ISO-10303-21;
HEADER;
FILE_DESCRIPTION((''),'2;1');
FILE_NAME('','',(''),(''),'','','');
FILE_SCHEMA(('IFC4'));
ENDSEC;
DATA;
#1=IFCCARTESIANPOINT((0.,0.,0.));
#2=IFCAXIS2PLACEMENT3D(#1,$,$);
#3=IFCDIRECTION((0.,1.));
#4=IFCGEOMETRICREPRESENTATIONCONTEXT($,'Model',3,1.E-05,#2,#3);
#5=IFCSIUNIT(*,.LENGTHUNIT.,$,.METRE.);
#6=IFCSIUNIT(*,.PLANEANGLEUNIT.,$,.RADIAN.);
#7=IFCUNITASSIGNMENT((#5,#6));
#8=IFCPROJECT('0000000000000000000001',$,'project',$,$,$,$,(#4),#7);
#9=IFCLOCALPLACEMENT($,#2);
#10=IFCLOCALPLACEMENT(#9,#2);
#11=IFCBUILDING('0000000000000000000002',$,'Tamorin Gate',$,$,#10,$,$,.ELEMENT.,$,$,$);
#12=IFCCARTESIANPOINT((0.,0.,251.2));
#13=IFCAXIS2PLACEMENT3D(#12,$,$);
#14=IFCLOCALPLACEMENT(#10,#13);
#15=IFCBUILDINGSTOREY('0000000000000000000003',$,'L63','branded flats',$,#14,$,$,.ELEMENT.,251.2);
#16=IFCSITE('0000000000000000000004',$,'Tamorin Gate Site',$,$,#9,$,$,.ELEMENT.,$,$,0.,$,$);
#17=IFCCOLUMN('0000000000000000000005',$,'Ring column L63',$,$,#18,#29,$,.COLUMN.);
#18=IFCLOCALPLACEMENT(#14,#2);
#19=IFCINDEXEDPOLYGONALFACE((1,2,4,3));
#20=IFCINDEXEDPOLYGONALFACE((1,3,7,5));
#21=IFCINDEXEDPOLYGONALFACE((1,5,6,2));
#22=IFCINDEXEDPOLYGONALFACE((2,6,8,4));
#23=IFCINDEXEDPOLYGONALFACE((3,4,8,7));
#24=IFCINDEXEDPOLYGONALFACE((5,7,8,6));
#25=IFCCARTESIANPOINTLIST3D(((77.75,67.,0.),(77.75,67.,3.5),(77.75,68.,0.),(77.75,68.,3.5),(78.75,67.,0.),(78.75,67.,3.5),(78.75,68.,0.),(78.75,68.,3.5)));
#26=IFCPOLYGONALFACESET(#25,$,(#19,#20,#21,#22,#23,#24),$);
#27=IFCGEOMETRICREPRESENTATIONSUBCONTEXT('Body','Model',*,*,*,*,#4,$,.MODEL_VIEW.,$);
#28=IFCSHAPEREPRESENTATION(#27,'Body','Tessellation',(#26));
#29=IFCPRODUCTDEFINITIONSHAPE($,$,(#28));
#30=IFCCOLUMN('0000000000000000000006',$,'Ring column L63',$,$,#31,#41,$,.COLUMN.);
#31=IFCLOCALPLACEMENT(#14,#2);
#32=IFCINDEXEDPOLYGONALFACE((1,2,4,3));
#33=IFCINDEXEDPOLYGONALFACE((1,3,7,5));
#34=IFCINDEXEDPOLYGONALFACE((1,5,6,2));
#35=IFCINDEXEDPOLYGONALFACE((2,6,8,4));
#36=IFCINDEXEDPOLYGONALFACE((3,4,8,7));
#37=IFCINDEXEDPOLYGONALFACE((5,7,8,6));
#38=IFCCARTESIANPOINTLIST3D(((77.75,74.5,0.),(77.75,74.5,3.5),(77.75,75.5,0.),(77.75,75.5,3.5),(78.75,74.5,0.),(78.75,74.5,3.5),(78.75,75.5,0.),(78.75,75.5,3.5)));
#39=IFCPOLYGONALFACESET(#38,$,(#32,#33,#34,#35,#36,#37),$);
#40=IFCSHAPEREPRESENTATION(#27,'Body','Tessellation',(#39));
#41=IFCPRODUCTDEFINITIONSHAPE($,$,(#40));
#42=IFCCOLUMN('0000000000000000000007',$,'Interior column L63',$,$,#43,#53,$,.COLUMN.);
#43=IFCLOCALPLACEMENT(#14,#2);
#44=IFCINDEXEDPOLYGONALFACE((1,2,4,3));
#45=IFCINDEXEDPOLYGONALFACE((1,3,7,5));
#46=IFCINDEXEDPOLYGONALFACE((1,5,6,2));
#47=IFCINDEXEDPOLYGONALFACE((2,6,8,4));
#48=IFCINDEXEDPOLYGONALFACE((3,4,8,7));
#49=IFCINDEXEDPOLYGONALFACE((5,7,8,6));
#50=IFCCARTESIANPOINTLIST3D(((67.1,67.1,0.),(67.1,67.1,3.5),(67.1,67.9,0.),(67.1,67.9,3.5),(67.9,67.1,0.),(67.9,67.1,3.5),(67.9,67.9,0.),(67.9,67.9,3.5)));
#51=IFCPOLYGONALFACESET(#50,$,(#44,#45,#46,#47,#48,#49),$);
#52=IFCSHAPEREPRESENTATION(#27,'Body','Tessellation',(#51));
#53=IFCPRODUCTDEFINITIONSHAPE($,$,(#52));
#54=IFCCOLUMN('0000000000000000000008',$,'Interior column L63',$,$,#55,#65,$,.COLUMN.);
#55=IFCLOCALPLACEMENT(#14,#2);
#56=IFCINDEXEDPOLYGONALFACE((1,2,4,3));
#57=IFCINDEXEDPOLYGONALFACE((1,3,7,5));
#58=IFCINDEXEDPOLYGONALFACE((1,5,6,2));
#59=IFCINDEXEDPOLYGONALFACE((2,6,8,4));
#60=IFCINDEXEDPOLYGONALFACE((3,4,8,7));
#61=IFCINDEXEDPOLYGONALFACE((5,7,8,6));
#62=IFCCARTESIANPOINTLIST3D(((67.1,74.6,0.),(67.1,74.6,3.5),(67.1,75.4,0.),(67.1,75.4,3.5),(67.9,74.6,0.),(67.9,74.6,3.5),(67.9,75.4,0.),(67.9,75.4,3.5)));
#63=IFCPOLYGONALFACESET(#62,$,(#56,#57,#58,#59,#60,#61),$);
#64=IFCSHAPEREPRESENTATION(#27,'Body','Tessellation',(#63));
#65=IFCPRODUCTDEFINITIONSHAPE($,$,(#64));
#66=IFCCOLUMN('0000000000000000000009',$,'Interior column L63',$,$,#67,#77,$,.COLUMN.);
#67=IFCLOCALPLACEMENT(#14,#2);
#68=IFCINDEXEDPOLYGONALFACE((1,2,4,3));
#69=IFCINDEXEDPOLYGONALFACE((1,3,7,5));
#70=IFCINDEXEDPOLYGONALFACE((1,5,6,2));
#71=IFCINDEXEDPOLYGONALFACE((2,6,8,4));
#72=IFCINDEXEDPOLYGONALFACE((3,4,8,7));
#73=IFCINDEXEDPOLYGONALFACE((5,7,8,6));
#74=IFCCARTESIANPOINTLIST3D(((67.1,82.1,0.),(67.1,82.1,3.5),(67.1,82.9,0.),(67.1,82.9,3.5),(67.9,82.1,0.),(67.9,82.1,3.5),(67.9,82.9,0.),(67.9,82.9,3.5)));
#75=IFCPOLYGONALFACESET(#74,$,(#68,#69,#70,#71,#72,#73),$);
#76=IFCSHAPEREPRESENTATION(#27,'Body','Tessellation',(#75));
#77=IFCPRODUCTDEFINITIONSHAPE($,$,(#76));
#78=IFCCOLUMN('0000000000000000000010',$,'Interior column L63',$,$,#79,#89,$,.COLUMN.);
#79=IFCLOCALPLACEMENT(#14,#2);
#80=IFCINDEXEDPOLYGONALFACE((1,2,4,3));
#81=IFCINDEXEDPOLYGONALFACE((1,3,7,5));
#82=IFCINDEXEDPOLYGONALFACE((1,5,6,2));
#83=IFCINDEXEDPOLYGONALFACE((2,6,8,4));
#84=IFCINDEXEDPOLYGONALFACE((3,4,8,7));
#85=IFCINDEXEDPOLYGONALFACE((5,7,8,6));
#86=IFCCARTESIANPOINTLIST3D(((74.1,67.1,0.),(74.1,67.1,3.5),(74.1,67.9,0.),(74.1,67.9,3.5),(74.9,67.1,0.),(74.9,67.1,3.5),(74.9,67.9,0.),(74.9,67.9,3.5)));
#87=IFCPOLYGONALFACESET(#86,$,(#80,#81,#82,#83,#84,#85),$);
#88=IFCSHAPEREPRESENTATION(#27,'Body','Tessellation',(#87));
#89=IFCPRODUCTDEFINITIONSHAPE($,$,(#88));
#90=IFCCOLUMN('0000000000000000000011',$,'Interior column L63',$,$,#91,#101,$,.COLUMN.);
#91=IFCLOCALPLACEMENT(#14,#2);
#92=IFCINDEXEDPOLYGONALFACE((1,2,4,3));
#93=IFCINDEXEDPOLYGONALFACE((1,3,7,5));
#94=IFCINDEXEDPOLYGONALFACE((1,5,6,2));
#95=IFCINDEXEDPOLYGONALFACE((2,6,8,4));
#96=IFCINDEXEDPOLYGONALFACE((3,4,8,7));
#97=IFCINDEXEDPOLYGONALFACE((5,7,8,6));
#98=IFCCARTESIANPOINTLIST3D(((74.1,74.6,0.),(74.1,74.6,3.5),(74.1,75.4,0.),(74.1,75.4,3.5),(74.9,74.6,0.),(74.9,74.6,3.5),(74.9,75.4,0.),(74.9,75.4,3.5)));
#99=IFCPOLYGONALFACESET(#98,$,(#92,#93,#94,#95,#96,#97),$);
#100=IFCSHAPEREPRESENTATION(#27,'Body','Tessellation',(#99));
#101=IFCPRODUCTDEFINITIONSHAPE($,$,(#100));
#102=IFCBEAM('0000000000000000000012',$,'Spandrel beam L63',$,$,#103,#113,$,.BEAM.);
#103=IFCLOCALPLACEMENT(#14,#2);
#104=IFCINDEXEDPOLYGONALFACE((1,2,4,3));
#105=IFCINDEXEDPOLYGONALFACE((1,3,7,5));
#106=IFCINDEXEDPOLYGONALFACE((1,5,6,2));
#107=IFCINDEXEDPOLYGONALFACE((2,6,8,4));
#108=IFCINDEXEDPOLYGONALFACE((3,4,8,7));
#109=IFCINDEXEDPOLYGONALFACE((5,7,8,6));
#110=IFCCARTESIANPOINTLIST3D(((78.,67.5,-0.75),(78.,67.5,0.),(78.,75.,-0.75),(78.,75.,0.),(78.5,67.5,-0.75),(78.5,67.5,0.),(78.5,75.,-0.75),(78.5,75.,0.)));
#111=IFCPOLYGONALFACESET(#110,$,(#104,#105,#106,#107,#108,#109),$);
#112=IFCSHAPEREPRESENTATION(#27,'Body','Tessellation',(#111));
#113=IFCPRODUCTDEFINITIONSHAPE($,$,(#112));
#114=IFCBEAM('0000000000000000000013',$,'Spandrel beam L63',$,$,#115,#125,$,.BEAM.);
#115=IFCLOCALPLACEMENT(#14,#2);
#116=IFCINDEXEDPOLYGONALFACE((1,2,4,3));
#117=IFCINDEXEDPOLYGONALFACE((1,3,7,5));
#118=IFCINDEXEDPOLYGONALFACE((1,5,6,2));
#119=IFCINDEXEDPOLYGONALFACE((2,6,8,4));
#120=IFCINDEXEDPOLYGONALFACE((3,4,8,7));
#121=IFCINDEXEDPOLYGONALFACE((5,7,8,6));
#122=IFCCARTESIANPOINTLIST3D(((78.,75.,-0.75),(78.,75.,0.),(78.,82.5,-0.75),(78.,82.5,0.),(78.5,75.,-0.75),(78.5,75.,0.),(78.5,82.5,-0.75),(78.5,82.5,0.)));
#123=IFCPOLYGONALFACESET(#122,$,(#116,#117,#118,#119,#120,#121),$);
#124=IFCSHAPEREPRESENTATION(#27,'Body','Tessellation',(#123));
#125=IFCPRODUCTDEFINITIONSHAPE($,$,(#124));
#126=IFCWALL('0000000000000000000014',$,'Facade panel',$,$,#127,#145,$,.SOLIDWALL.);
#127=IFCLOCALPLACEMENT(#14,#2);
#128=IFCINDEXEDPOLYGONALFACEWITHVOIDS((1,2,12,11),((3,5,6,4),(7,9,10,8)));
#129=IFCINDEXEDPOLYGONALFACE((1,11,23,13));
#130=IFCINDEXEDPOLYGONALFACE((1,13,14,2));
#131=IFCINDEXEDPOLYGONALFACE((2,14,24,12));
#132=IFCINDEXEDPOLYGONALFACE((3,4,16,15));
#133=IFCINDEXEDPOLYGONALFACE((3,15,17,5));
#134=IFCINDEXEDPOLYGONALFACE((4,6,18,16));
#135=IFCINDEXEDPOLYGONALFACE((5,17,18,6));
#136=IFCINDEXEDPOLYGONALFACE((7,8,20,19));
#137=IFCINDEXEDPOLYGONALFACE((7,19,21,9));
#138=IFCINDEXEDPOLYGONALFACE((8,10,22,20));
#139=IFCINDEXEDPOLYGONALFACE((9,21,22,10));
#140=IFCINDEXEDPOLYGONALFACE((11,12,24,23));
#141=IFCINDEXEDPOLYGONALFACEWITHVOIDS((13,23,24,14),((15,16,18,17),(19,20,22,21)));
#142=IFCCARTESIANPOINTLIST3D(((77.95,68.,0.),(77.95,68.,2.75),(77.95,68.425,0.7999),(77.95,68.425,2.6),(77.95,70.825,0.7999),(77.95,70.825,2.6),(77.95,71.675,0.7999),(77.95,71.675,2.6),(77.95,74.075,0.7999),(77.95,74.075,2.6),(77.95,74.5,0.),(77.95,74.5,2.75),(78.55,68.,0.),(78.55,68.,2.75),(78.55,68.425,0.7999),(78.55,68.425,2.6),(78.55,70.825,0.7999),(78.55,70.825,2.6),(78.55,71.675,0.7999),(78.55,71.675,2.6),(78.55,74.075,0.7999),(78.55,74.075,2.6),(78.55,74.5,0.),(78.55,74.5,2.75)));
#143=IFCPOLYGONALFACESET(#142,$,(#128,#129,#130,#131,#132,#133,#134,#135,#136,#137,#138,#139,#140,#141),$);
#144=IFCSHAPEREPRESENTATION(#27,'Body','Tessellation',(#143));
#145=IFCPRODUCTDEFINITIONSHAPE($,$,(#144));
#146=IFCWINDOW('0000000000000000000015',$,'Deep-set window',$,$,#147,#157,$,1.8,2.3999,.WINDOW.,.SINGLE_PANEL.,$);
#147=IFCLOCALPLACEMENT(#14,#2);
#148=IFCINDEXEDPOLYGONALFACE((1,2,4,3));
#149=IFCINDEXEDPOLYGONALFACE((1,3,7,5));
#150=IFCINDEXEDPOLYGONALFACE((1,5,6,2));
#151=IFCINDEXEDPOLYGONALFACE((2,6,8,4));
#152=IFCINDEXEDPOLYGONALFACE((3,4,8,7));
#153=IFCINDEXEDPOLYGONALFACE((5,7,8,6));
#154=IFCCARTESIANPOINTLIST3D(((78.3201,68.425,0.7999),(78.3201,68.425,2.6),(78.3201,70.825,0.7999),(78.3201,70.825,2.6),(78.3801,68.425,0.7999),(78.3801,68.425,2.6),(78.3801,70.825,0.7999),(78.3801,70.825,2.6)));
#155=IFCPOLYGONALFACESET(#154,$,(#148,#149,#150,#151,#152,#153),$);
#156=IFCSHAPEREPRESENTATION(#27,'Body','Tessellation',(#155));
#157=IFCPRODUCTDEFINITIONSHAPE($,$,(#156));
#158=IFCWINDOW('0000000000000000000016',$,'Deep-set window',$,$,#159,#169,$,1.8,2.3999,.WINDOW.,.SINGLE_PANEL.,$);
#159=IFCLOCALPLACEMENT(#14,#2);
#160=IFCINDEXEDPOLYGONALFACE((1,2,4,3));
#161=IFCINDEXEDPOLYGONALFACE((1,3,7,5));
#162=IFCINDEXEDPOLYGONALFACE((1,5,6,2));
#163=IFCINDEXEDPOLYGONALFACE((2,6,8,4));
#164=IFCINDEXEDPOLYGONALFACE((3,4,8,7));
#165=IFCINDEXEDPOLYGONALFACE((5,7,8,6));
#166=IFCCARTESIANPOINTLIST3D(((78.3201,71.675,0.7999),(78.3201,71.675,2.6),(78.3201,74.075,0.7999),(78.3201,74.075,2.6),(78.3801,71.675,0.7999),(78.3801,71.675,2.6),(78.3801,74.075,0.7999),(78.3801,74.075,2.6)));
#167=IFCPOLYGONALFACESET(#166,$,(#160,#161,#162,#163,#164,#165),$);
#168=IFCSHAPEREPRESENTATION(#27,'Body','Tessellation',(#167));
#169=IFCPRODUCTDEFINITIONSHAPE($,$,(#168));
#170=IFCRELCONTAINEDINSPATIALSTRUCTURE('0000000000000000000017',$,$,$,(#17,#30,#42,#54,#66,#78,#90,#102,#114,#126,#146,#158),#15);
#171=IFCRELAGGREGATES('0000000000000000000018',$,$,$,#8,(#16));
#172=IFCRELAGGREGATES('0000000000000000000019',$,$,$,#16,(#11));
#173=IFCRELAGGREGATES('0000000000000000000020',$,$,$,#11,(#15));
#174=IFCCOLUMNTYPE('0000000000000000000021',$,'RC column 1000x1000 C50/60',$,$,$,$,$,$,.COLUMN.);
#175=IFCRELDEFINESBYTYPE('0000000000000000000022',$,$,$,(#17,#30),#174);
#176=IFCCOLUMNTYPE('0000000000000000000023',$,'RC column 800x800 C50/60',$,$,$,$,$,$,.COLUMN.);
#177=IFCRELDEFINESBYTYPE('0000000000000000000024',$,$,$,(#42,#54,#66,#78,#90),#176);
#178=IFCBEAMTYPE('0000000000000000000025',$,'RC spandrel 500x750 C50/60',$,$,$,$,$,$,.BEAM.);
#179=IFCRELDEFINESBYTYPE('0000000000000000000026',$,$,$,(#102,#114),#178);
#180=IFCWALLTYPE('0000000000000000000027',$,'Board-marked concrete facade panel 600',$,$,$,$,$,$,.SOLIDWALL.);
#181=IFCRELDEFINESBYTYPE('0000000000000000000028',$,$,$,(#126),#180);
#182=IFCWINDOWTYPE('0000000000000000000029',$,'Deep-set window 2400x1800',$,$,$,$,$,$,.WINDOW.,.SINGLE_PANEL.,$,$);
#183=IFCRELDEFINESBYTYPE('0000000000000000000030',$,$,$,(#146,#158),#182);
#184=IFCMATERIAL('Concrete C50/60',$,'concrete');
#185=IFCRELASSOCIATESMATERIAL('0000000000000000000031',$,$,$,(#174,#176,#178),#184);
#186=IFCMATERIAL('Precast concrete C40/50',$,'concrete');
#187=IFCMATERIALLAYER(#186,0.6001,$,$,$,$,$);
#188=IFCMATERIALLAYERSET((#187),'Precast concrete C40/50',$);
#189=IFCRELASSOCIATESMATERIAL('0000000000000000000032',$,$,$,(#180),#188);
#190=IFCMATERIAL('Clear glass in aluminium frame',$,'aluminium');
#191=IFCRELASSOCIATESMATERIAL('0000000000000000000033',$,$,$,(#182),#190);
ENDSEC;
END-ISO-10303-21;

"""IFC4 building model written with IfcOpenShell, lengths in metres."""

from ifc_helpers import new_model, si_unit, direction, frame, frame_2d, origin, origin_2d, place, context, subcontext, project, spatial, rectangle, extrude, material, layer, layer_set, material_profile, profile_set, type_object, element, fill, save


model = new_model("IFC4")

# Units and contexts
model_context = context("Model", 3, precision=1e-05, world=origin(), true_north=direction((0.0, 1.0)))
body_context = subcontext(model_context, "Body", "Model", "MODEL_VIEW")
ifc_project = project(units=[si_unit("LENGTHUNIT", "METRE"), si_unit("PLANEANGLEUNIT", "RADIAN")], contexts=[model_context])

# Site, building, storey
site_placement = place(None, origin())
site = spatial("IfcSite", under=ifc_project, at=site_placement, Name="Tamorin Gate Site", CompositionType="ELEMENT", RefElevation=0.0)
building_placement = place(site_placement, origin())
building = spatial("IfcBuilding", under=site, at=building_placement, Name="Tamorin Gate", CompositionType="ELEMENT")
storey_placement = place(building_placement, frame((0.0, 0.0, 251.2)))
storey = spatial("IfcBuildingStorey", under=building, at=storey_placement, Name="L63", Description="branded flats", CompositionType="ELEMENT", Elevation=251.2)

# Columns
ifc_material_1 = material(Name="Concrete C50/60", Category="concrete")
ifc_material_profile_1 = material_profile(ifc_material_1, rectangle(XDim=1.0, YDim=1.0, at=origin_2d()), Name="RC 1000x1000")
ifc_profile_set_1 = profile_set([ifc_material_profile_1], Name="Concrete C50/60")
column_type_1 = type_object("IfcColumnType", Name="RC column 1000x1000 C50/60", PredefinedType="COLUMN", material=ifc_profile_set_1)
for number, where, z_axis, x_axis, name in (
    (1, (78.25, 67.5, 0.0), (0.0, 0.0, 1.0), (1.0, 0.0, 0.0), "Ring column L63"),
    (2, (78.25, 75.0, 0.0), (0.0, 0.0, 1.0), (1.0, 0.0, 0.0), "Ring column L63"),
):
    element("IfcColumn", number, at=place(storey_placement, frame(where, z_axis=z_axis, x_axis=x_axis)), inside=storey, type_object=column_type_1, Name=name, PredefinedType="COLUMN", context=body_context, shape_type="SweptSolid", body=[
        extrude(rectangle(XDim=1.0, YDim=1.0, at=origin_2d()), origin(), (0.0, 0.0, 1.0), 3.5),
    ])
ifc_material_profile_2 = material_profile(ifc_material_1, rectangle(XDim=0.8, YDim=0.8, at=origin_2d()), Name="RC 800x800")
ifc_profile_set_2 = profile_set([ifc_material_profile_2], Name="Concrete C50/60")
column_type_2 = type_object("IfcColumnType", Name="RC column 800x800 C50/60", PredefinedType="COLUMN", material=ifc_profile_set_2)
for number, where, z_axis, x_axis, name in (
    (3, (67.5, 67.5, 0.0), (0.0, 0.0, 1.0), (1.0, 0.0, 0.0), "Interior column L63"),
    (4, (67.5, 75.0, 0.0), (0.0, 0.0, 1.0), (1.0, 0.0, 0.0), "Interior column L63"),
    (5, (67.5, 82.5, 0.0), (0.0, 0.0, 1.0), (1.0, 0.0, 0.0), "Interior column L63"),
    (6, (74.5, 67.5, 0.0), (0.0, 0.0, 1.0), (1.0, 0.0, 0.0), "Interior column L63"),
    (7, (74.5, 75.0, 0.0), (0.0, 0.0, 1.0), (1.0, 0.0, 0.0), "Interior column L63"),
):
    element("IfcColumn", number, at=place(storey_placement, frame(where, z_axis=z_axis, x_axis=x_axis)), inside=storey, type_object=column_type_2, Name=name, PredefinedType="COLUMN", context=body_context, shape_type="SweptSolid", body=[
        extrude(rectangle(XDim=0.8, YDim=0.8, at=origin_2d()), origin(), (0.0, 0.0, 1.0), 3.5),
    ])

# Beams
ifc_material_profile_3 = material_profile(ifc_material_1, rectangle(XDim=0.5, YDim=0.75, at=origin_2d()), Name="RC 500x750")
ifc_profile_set_3 = profile_set([ifc_material_profile_3], Name="Concrete C50/60")
beam_type = type_object("IfcBeamType", Name="RC spandrel 500x750 C50/60", PredefinedType="BEAM", material=ifc_profile_set_3)
for number, where, z_axis, x_axis, name in (
    (8, (78.25, 67.5, -0.375), (0.0, 1.0, 0.0), (-1.0, 0.0, 0.0), "Spandrel beam L63"),
    (9, (78.25, 75.0, -0.375), (0.0, 1.0, 0.0), (-1.0, 0.0, 0.0), "Spandrel beam L63"),
):
    element("IfcBeam", number, at=place(storey_placement, frame(where, z_axis=z_axis, x_axis=x_axis)), inside=storey, type_object=beam_type, Name=name, PredefinedType="BEAM", context=body_context, shape_type="SweptSolid", body=[
        extrude(rectangle(XDim=0.5, YDim=0.75, at=origin_2d()), origin(), (0.0, 0.0, 1.0), 7.5),
    ])

# Wall, openings, windows
ifc_material_2 = material(Name="Precast concrete C40/50", Category="concrete")
ifc_layer_1 = layer(ifc_material_2, 0.6001)
ifc_layer_set_1 = layer_set([ifc_layer_1], Name="Precast concrete C40/50")
wall_type_1 = type_object("IfcWallType", Name="Board-marked concrete facade panel 600", PredefinedType="SOLIDWALL", material=ifc_layer_set_1)
wall_1_placement = place(storey_placement, frame((78.25, 68.0, 0.0), z_axis=(0.0, 0.0, 1.0), x_axis=(0.0, 1.0, 0.0)))
wall_1 = element("IfcWall", 10, at=wall_1_placement, inside=storey, type_object=wall_type_1, Name="Facade panel", PredefinedType="SOLIDWALL", context=body_context, shape_type="SweptSolid", body=[
    extrude(rectangle(XDim=6.5, YDim=0.6001, at=frame_2d((3.25, 0.0))), origin(), (0.0, 0.0, 1.0), 2.75),
])
opening_1_placement = place(wall_1_placement, frame((0.425, 0.0, 0.8)))
opening_1 = element("IfcOpeningElement", 11, at=opening_1_placement, cuts=wall_1, PredefinedType="OPENING", context=body_context, shape_type="SweptSolid", body=[
    extrude(rectangle(XDim=2.3999, YDim=1.8, at=frame_2d((1.2, 0.8999))), frame((0.0, 0.3101, 0.0), z_axis=(0.0, -1.0, 0.0), x_axis=(1.0, 0.0, 0.0)), (0.0, 0.0, 1.0), 0.6201),
])
opening_2_placement = place(wall_1_placement, frame((3.675, 0.0, 0.8)))
opening_2 = element("IfcOpeningElement", 12, at=opening_2_placement, cuts=wall_1, PredefinedType="OPENING", context=body_context, shape_type="SweptSolid", body=[
    extrude(rectangle(XDim=2.3999, YDim=1.8, at=frame_2d((1.2, 0.8999))), frame((0.0, 0.3101, 0.0), z_axis=(0.0, -1.0, 0.0), x_axis=(1.0, 0.0, 0.0)), (0.0, 0.0, 1.0), 0.6201),
])
ifc_material_3 = material(Name="Clear glass in aluminium frame", Category="aluminium")
window_type = type_object("IfcWindowType", Name="Deep-set window 2400x1800", PartitioningType="SINGLE_PANEL", PredefinedType="WINDOW", material=ifc_material_3)
window_1_placement = place(opening_1_placement, origin())
window_1 = element("IfcWindow", 13, at=window_1_placement, inside=storey, type_object=window_type, Name="Deep-set window", OverallHeight=1.8, OverallWidth=2.3999, PartitioningType="SINGLE_PANEL", PredefinedType="WINDOW", context=body_context, shape_type="SweptSolid", body=[
    extrude(rectangle(XDim=2.3999, YDim=1.8, at=frame_2d((1.2, 0.8999))), frame((0.0, -0.0701, 0.0), z_axis=(0.0, -1.0, 0.0), x_axis=(1.0, 0.0, 0.0)), (0.0, 0.0, 1.0), 0.0601),
])
fill(opening_1, window_1)
window_2_placement = place(opening_2_placement, origin())
window_2 = element("IfcWindow", 14, at=window_2_placement, inside=storey, type_object=window_type, Name="Deep-set window", OverallHeight=1.8, OverallWidth=2.3999, PartitioningType="SINGLE_PANEL", PredefinedType="WINDOW", context=body_context, shape_type="SweptSolid", body=[
    extrude(rectangle(XDim=2.3999, YDim=1.8, at=frame_2d((1.2, 0.8999))), frame((0.0, -0.0701, 0.0), z_axis=(0.0, -1.0, 0.0), x_axis=(1.0, 0.0, 0.0)), (0.0, 0.0, 1.0), 0.0601),
])
fill(opening_2, window_2)

save(model, "model.ifc")
